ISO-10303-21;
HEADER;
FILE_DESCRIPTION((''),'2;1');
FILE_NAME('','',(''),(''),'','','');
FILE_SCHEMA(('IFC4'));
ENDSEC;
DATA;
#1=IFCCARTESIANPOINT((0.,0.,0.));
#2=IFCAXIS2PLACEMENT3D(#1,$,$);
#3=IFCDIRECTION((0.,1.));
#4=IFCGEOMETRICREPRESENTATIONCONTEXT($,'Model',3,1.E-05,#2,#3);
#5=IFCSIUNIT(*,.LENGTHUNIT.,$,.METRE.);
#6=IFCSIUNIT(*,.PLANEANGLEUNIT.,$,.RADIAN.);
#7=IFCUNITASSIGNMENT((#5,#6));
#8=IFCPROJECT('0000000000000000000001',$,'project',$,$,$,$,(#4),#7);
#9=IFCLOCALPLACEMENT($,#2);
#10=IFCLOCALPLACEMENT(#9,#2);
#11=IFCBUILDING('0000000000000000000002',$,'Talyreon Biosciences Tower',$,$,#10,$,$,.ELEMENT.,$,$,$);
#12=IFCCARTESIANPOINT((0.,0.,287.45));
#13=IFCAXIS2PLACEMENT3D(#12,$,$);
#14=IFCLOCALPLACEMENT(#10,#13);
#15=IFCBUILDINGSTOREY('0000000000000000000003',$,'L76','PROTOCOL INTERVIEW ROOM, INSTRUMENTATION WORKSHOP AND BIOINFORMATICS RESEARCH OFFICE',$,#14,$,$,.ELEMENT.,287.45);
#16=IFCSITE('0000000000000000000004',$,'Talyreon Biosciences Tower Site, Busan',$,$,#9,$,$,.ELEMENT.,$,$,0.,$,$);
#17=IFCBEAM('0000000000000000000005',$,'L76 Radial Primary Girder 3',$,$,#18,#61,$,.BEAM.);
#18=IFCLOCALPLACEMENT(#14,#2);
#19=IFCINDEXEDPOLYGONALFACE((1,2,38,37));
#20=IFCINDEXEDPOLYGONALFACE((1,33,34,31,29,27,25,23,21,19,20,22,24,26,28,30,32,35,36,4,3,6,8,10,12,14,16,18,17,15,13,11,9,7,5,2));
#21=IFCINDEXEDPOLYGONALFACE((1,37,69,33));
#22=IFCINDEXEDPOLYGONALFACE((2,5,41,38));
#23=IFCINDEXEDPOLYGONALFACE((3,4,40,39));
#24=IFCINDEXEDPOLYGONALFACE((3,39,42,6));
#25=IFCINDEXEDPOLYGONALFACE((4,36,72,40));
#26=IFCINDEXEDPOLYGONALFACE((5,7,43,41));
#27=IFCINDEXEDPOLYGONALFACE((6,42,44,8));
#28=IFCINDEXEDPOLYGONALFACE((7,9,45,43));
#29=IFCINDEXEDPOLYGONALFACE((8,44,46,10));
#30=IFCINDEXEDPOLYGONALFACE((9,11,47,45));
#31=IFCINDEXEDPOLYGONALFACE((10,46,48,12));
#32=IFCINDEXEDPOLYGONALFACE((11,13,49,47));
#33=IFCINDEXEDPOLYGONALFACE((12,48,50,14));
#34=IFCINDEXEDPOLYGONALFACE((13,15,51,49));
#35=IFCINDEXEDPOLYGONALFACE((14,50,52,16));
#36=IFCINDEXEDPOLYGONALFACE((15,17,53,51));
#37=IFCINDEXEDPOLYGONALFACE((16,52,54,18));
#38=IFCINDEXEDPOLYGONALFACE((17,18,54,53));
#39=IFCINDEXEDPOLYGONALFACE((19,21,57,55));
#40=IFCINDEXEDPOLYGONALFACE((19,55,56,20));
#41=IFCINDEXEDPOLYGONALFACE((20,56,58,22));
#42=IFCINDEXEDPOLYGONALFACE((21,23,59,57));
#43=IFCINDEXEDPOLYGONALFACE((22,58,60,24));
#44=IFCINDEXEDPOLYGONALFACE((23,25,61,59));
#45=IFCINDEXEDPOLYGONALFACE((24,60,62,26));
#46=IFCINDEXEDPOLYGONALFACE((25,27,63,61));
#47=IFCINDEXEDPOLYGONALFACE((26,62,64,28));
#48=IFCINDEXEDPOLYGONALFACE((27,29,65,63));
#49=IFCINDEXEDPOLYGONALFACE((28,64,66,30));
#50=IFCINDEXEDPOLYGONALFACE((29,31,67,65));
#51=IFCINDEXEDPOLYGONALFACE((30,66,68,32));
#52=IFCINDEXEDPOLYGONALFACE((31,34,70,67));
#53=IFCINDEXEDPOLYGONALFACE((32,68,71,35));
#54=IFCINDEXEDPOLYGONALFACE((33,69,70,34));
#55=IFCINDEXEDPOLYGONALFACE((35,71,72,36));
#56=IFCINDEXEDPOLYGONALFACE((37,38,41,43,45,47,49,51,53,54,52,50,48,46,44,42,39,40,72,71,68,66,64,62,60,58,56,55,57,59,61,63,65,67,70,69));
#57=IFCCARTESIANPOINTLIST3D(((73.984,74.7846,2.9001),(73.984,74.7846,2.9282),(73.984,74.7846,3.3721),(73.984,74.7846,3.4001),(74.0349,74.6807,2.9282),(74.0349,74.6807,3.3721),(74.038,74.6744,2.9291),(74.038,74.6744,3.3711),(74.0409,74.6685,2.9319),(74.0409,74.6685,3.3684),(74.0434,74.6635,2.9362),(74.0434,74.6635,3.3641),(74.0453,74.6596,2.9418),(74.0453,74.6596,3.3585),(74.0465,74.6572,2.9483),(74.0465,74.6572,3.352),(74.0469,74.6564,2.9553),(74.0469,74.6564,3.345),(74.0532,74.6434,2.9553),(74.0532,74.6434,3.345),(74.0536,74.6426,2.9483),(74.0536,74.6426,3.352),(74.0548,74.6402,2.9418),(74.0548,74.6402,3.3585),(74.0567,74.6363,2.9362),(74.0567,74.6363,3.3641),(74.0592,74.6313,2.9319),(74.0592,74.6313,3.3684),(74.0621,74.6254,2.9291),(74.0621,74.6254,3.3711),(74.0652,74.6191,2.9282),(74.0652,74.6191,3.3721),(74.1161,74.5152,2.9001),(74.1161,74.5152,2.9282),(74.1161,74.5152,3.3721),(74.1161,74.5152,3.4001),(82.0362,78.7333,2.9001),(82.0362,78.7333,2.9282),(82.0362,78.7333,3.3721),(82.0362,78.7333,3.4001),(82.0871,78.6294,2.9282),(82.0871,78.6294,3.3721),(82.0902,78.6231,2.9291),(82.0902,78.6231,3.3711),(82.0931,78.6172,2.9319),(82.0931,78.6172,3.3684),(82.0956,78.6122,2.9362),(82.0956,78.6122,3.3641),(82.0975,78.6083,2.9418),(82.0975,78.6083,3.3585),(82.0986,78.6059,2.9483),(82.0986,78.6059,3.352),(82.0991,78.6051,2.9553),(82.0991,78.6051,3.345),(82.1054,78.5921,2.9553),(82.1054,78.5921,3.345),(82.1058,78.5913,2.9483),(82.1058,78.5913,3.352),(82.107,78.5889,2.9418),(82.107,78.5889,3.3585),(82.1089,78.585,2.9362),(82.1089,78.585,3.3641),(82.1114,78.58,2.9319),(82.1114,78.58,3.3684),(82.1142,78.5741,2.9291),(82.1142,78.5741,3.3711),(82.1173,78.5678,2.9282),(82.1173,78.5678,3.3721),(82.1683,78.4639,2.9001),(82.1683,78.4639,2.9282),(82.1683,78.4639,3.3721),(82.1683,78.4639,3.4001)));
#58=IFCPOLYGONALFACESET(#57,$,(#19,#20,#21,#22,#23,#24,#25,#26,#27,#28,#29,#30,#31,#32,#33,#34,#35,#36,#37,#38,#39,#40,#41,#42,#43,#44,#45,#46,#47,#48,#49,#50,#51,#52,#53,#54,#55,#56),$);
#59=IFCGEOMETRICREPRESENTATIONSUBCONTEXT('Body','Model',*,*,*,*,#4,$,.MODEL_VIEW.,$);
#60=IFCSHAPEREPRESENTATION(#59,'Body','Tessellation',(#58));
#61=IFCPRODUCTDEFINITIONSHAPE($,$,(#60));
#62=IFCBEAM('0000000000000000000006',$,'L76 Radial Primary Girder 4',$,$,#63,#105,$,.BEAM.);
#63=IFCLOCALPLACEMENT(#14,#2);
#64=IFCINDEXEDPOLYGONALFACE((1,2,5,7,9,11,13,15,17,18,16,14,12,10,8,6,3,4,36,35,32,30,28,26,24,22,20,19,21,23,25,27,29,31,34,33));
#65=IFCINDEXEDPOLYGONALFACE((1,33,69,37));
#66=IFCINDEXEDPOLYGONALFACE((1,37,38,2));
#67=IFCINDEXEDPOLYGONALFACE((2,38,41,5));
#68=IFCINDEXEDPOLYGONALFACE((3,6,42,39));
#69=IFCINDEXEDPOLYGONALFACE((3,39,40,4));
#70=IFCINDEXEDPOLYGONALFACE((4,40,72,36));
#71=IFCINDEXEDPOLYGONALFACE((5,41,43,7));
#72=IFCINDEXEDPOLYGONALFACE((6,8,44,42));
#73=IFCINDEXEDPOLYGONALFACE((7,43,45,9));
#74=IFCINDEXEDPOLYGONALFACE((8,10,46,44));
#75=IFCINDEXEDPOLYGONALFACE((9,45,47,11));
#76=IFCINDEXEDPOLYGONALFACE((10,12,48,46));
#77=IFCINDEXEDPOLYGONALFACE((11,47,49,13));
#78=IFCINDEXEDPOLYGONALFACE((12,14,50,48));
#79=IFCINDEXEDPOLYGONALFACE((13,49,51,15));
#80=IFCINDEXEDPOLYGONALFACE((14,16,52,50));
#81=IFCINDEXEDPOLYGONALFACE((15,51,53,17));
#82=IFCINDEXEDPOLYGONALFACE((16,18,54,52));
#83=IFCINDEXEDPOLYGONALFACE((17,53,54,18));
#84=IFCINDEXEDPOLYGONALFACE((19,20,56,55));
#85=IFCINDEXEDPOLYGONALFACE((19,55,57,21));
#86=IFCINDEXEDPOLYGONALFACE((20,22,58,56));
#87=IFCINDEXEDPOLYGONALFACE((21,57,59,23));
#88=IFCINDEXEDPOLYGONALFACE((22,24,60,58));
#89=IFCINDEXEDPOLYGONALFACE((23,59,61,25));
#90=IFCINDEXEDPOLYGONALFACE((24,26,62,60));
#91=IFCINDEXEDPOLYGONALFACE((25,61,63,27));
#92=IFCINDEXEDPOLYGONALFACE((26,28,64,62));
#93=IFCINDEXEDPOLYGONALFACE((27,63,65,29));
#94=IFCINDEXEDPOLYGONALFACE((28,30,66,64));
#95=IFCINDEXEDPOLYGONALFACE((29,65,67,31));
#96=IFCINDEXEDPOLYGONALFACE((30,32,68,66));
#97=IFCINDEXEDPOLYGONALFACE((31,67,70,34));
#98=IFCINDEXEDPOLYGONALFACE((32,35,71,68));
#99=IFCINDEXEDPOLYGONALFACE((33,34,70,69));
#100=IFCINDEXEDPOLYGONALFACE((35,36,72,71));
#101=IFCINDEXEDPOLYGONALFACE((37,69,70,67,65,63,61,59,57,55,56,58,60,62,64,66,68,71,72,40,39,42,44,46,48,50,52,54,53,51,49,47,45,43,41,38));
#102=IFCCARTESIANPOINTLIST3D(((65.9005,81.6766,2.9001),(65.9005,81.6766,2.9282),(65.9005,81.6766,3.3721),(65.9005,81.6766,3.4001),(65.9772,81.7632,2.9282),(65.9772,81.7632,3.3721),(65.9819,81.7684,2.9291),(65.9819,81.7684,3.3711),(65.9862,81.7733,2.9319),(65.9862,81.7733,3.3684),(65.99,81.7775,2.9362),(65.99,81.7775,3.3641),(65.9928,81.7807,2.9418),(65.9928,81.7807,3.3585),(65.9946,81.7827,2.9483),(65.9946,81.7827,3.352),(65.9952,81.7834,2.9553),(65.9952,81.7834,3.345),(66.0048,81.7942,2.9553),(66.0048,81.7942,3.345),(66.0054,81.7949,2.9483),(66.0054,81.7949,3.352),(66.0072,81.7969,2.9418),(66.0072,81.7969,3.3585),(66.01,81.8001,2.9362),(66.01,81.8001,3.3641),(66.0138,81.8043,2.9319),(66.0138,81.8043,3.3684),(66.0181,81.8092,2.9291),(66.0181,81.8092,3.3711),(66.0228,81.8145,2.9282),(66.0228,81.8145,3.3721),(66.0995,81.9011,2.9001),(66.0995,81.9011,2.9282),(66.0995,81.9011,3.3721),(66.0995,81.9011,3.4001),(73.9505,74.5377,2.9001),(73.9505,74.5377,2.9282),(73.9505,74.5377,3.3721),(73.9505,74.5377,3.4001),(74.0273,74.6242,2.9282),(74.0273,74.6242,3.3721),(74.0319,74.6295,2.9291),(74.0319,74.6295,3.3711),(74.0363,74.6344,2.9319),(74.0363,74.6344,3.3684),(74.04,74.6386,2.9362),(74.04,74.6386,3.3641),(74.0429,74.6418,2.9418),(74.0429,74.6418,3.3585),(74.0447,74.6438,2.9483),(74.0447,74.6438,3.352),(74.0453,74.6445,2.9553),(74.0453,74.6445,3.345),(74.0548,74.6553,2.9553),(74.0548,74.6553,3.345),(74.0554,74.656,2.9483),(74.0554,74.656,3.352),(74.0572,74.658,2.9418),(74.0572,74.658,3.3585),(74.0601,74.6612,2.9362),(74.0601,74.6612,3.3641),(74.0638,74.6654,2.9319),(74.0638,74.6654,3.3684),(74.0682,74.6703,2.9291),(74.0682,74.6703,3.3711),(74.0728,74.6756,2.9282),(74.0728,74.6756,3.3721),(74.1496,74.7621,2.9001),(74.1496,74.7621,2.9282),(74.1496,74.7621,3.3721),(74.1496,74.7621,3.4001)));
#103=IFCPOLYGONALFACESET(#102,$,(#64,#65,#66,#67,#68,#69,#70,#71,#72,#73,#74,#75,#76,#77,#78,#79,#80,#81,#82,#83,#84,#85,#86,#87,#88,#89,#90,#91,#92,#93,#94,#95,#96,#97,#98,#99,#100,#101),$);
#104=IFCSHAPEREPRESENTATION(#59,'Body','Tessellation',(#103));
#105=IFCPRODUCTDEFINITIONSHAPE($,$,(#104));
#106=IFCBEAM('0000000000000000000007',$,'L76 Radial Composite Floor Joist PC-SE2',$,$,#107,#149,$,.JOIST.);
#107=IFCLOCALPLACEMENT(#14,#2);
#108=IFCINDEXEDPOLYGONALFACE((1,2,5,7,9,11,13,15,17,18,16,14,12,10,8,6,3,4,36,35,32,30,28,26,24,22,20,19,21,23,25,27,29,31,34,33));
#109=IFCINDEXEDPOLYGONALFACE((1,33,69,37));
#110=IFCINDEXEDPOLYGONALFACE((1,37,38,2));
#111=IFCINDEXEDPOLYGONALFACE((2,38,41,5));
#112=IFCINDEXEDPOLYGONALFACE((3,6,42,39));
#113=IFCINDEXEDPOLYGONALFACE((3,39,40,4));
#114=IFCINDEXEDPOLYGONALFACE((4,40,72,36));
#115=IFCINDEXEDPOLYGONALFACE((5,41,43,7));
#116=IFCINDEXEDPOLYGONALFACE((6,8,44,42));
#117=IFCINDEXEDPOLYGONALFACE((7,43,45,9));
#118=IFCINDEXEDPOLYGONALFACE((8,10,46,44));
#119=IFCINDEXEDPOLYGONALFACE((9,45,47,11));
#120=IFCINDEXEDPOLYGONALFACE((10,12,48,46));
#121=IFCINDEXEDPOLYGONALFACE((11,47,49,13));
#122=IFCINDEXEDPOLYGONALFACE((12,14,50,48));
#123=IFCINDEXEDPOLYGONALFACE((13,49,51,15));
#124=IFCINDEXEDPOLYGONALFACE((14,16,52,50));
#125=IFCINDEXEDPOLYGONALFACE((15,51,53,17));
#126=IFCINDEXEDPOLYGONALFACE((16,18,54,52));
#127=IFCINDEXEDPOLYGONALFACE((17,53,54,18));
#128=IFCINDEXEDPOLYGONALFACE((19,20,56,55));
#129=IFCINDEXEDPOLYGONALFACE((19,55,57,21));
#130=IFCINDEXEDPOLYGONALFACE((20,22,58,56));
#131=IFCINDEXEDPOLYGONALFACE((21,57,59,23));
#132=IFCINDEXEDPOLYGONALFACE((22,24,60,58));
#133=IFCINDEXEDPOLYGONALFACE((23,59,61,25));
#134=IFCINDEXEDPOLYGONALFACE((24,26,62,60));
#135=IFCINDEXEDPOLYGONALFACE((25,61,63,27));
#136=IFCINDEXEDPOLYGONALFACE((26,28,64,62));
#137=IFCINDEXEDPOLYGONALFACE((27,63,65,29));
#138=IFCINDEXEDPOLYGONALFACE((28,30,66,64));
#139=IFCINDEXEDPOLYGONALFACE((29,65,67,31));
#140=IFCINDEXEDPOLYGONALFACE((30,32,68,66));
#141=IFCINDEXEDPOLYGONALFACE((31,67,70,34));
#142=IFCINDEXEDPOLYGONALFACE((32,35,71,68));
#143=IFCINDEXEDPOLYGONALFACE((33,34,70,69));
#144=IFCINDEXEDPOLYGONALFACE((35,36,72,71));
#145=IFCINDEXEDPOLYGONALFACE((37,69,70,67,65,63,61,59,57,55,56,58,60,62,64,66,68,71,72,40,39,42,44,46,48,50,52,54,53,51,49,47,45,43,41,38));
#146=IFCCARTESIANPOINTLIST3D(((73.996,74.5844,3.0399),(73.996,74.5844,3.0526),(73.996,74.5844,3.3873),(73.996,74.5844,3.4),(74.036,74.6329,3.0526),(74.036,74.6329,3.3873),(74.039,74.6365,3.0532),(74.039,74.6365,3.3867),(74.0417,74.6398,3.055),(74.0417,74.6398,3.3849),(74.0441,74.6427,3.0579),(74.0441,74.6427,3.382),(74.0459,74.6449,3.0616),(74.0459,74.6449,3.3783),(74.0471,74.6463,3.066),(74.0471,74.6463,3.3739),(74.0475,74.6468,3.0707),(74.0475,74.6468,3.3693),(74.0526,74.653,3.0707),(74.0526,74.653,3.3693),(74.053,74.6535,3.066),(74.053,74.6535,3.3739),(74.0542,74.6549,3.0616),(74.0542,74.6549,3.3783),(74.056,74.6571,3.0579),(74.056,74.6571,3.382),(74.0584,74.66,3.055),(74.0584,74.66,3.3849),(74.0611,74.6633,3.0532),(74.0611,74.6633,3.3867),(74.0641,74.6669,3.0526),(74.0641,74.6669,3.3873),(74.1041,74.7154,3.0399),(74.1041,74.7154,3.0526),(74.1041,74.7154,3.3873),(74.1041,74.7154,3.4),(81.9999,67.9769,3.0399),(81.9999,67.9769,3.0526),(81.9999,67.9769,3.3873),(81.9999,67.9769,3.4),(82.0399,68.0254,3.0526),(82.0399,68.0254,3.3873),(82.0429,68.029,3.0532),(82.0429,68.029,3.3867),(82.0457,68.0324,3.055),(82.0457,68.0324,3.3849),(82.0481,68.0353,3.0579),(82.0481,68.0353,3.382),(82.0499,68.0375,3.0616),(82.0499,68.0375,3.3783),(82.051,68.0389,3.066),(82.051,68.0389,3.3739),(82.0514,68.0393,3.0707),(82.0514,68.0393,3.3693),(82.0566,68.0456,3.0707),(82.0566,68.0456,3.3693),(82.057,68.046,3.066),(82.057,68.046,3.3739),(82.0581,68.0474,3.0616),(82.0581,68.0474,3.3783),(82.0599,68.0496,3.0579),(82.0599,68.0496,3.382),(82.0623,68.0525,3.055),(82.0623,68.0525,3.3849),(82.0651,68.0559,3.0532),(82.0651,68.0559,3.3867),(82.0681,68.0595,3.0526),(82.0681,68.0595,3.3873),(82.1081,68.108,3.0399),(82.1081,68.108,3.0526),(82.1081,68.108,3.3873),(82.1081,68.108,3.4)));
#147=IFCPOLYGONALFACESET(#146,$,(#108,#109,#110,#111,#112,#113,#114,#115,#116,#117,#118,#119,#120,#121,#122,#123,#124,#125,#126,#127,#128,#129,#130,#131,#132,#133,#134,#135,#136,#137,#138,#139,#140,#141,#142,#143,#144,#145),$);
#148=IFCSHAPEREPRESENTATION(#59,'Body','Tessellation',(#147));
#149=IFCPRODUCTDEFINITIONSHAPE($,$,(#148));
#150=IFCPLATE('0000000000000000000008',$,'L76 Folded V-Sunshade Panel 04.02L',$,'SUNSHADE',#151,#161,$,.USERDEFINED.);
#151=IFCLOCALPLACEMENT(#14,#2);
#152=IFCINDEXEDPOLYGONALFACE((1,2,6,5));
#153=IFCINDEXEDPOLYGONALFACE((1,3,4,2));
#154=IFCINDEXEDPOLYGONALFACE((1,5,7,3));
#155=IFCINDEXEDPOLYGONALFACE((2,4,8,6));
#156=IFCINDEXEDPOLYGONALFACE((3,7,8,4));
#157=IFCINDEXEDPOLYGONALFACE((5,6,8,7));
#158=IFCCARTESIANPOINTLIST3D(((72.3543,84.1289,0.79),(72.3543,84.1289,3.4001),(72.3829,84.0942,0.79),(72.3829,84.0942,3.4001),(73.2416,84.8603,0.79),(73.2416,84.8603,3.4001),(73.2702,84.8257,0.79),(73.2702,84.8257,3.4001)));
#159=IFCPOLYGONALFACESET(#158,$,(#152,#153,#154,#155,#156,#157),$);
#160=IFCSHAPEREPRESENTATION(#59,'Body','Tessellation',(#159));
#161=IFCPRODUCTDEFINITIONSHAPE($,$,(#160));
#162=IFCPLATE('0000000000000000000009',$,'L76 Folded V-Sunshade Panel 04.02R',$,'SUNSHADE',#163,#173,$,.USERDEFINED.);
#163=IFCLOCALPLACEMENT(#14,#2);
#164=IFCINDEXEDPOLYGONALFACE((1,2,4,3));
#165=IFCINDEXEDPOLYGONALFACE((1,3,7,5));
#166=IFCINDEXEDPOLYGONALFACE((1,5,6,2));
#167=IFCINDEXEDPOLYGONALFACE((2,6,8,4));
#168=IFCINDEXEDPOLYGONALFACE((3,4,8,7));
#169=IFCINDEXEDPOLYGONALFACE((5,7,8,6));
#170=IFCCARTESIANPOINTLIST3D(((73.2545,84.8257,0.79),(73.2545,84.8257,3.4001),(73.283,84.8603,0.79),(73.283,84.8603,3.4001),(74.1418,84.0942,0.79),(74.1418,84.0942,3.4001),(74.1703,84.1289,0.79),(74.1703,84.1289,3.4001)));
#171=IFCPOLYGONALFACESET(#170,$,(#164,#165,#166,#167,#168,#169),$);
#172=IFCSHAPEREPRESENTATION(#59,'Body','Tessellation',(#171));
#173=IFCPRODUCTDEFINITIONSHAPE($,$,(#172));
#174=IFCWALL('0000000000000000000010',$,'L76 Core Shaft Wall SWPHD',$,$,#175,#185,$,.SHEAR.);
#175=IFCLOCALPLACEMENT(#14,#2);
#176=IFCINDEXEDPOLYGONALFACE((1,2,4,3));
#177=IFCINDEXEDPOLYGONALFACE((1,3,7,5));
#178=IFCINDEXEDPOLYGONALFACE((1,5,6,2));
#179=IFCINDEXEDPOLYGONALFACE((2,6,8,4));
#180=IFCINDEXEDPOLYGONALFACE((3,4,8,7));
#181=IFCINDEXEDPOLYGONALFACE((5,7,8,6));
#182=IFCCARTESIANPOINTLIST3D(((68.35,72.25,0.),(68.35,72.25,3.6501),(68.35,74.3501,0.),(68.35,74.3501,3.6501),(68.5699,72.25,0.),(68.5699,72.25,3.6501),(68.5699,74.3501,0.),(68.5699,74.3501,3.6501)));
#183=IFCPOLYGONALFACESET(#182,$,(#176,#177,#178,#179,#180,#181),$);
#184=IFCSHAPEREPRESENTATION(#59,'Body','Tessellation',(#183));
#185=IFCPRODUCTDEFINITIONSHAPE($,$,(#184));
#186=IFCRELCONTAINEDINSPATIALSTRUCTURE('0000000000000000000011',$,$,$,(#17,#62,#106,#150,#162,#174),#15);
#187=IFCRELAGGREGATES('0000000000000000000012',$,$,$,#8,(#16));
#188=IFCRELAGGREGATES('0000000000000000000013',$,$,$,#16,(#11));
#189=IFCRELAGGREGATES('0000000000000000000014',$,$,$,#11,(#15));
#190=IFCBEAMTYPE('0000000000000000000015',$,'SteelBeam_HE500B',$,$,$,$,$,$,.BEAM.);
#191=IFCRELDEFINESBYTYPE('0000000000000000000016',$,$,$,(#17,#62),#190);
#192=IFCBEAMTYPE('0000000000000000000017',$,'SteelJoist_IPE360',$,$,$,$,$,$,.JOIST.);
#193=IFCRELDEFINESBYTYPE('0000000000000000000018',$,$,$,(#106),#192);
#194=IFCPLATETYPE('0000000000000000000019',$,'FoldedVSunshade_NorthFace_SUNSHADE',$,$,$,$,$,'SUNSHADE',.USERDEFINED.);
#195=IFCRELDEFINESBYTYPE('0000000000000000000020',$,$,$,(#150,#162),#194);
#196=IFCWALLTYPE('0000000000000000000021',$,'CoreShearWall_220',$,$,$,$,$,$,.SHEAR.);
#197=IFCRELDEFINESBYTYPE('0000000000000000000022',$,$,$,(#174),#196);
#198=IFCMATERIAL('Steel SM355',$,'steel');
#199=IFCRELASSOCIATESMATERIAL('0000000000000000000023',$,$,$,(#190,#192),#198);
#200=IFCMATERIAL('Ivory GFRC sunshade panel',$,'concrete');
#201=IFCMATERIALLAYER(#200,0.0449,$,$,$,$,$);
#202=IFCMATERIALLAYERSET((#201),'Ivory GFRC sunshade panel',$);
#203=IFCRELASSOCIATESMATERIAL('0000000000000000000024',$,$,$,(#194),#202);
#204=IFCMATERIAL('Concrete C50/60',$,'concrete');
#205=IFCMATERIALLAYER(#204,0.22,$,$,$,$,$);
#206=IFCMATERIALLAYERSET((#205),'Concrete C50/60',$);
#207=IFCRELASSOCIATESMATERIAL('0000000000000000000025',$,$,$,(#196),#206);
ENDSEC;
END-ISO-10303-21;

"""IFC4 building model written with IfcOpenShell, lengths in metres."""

from ifc_helpers import new_model, si_unit, direction, frame, frame_2d, origin, origin_2d, place, context, subcontext, project, spatial, rectangle, i_section, extrude, material, layer, layer_set, material_profile, profile_set, type_object, element, save


model = new_model("IFC4")

# Units and contexts
model_context = context("Model", 3, precision=1e-05, world=origin(), true_north=direction((0.0, 1.0)))
body_context = subcontext(model_context, "Body", "Model", "MODEL_VIEW")
ifc_project = project(units=[si_unit("LENGTHUNIT", "METRE"), si_unit("PLANEANGLEUNIT", "RADIAN")], contexts=[model_context])

# Site, building, storey
site_placement = place(None, origin())
site = spatial("IfcSite", under=ifc_project, at=site_placement, Name="Talyreon Biosciences Tower Site, Busan", CompositionType="ELEMENT", RefElevation=0.0)
building_placement = place(site_placement, origin())
building = spatial("IfcBuilding", under=site, at=building_placement, Name="Talyreon Biosciences Tower", CompositionType="ELEMENT")
storey_placement = place(building_placement, frame((0.0, 0.0, 287.45)))
storey = spatial("IfcBuildingStorey", under=building, at=storey_placement, Name="L76", Description="PROTOCOL INTERVIEW ROOM, INSTRUMENTATION WORKSHOP AND BIOINFORMATICS RESEARCH OFFICE", CompositionType="ELEMENT", Elevation=287.45)

# Shared definitions
ifc_material_1 = material(Name="Concrete C50/60", Category="concrete")

# Beams
ifc_material_2 = material(Name="Steel SM355", Category="steel")
ifc_material_profile_1 = material_profile(ifc_material_2, i_section(OverallWidth=0.3, OverallDepth=0.5, WebThickness=0.0144, FlangeThickness=0.0281, FilletRadius=0.0271, at=origin_2d()), Name="HE500B")
ifc_profile_set_1 = profile_set([ifc_material_profile_1], Name="Steel SM355")
beam_type_1 = type_object("IfcBeamType", Name="SteelBeam_HE500B", PredefinedType="BEAM", material=ifc_profile_set_1)
beam_1_placement = place(storey_placement, frame((74.05, 74.6499, 3.1501), z_axis=(0.897852, 0.440297, 0.0), x_axis=(-0.440297, 0.897852, 0.0)))
element("IfcBeam", 1, at=beam_1_placement, inside=storey, type_object=beam_type_1, Name="L76 Radial Primary Girder 3", PredefinedType="BEAM", context=body_context, shape_type="SweptSolid", body=[
    extrude(i_section(OverallWidth=0.3, OverallDepth=0.5, WebThickness=0.0144, FlangeThickness=0.0281, FilletRadius=0.0271, at=origin_2d()), origin(), (0.0, 0.0, 1.0), 8.9683),
])
beam_2_placement = place(storey_placement, frame((74.05, 74.6499, 3.1501), z_axis=(-0.748179, 0.663497, 0.0), x_axis=(-0.663497, -0.748179, 0.0)))
element("IfcBeam", 2, at=beam_2_placement, inside=storey, type_object=beam_type_1, Name="L76 Radial Primary Girder 4", PredefinedType="BEAM", context=body_context, shape_type="SweptSolid", body=[
    extrude(i_section(OverallWidth=0.3, OverallDepth=0.5, WebThickness=0.0144, FlangeThickness=0.0281, FilletRadius=0.0271, at=origin_2d()), origin(), (0.0, 0.0, 1.0), 10.7595),
])
ifc_material_profile_2 = material_profile(ifc_material_2, i_section(OverallWidth=0.1699, OverallDepth=0.3601, WebThickness=0.0081, FlangeThickness=0.0127, FilletRadius=0.0181, at=origin_2d()), Name="IPE360")
ifc_profile_set_2 = profile_set([ifc_material_profile_2], Name="Steel SM355")
beam_type_2 = type_object("IfcBeamType", Name="SteelJoist_IPE360", PredefinedType="JOIST", material=ifc_profile_set_2)
beam_3_placement = place(storey_placement, frame((74.05, 74.6499, 3.22), z_axis=(0.771175, -0.636624, 0.0), x_axis=(0.636624, 0.771175, 0.0)))
element("IfcBeam", 3, at=beam_3_placement, inside=storey, type_object=beam_type_2, Name="L76 Radial Composite Floor Joist PC-SE2", PredefinedType="JOIST", context=body_context, shape_type="SweptSolid", body=[
    extrude(i_section(OverallWidth=0.1699, OverallDepth=0.3601, WebThickness=0.0081, FlangeThickness=0.0127, FilletRadius=0.0181, at=origin_2d()), origin(), (0.0, 0.0, 1.0), 10.3789),
])

# Plates
ifc_material_3 = material(Name="Ivory GFRC sunshade panel", Category="concrete")
ifc_layer_1 = layer(ifc_material_3, 0.0449)
ifc_layer_set_1 = layer_set([ifc_layer_1], Name="Ivory GFRC sunshade panel")
plate_type = type_object("IfcPlateType", Name="FoldedVSunshade_NorthFace_SUNSHADE", ElementType="SUNSHADE", PredefinedType="USERDEFINED", material=ifc_layer_set_1)
for number, where, z_axis, x_axis, name in (
    (4, (72.8123, 84.4773, 0.79), (0.0, 0.0, 1.0), (0.771625, 0.636078, 0.0), "L76 Folded V-Sunshade Panel 04.02L"),
    (5, (73.7124, 84.4773, 0.79), (0.0, 0.0, 1.0), (0.771625, -0.636078, 0.0), "L76 Folded V-Sunshade Panel 04.02R"),
):
    element("IfcPlate", number, at=place(storey_placement, frame(where, z_axis=z_axis, x_axis=x_axis)), inside=storey, type_object=plate_type, Name=name, ObjectType="SUNSHADE", PredefinedType="USERDEFINED", context=body_context, shape_type="SweptSolid", body=[
        extrude(rectangle(XDim=1.1499, YDim=0.0449, at=origin_2d()), origin(), (0.0, 0.0, 1.0), 2.6101),
    ])

# Wall
ifc_layer_2 = layer(ifc_material_1, 0.22)
ifc_layer_set_2 = layer_set([ifc_layer_2], Name="Concrete C50/60")
wall_type_1 = type_object("IfcWallType", Name="CoreShearWall_220", PredefinedType="SHEAR", material=ifc_layer_set_2)
wall_1_placement = place(storey_placement, frame((68.46, 72.25, 0.0), z_axis=(0.0, 0.0, 1.0), x_axis=(0.0, 1.0, 0.0)))
element("IfcWall", 6, at=wall_1_placement, inside=storey, type_object=wall_type_1, Name="L76 Core Shaft Wall SWPHD", PredefinedType="SHEAR", context=body_context, shape_type="SweptSolid", body=[
    extrude(rectangle(XDim=2.1001, YDim=0.22, at=frame_2d((1.05, 0.0))), origin(), (0.0, 0.0, 1.0), 3.6501),
])

save(model, "model.ifc")
